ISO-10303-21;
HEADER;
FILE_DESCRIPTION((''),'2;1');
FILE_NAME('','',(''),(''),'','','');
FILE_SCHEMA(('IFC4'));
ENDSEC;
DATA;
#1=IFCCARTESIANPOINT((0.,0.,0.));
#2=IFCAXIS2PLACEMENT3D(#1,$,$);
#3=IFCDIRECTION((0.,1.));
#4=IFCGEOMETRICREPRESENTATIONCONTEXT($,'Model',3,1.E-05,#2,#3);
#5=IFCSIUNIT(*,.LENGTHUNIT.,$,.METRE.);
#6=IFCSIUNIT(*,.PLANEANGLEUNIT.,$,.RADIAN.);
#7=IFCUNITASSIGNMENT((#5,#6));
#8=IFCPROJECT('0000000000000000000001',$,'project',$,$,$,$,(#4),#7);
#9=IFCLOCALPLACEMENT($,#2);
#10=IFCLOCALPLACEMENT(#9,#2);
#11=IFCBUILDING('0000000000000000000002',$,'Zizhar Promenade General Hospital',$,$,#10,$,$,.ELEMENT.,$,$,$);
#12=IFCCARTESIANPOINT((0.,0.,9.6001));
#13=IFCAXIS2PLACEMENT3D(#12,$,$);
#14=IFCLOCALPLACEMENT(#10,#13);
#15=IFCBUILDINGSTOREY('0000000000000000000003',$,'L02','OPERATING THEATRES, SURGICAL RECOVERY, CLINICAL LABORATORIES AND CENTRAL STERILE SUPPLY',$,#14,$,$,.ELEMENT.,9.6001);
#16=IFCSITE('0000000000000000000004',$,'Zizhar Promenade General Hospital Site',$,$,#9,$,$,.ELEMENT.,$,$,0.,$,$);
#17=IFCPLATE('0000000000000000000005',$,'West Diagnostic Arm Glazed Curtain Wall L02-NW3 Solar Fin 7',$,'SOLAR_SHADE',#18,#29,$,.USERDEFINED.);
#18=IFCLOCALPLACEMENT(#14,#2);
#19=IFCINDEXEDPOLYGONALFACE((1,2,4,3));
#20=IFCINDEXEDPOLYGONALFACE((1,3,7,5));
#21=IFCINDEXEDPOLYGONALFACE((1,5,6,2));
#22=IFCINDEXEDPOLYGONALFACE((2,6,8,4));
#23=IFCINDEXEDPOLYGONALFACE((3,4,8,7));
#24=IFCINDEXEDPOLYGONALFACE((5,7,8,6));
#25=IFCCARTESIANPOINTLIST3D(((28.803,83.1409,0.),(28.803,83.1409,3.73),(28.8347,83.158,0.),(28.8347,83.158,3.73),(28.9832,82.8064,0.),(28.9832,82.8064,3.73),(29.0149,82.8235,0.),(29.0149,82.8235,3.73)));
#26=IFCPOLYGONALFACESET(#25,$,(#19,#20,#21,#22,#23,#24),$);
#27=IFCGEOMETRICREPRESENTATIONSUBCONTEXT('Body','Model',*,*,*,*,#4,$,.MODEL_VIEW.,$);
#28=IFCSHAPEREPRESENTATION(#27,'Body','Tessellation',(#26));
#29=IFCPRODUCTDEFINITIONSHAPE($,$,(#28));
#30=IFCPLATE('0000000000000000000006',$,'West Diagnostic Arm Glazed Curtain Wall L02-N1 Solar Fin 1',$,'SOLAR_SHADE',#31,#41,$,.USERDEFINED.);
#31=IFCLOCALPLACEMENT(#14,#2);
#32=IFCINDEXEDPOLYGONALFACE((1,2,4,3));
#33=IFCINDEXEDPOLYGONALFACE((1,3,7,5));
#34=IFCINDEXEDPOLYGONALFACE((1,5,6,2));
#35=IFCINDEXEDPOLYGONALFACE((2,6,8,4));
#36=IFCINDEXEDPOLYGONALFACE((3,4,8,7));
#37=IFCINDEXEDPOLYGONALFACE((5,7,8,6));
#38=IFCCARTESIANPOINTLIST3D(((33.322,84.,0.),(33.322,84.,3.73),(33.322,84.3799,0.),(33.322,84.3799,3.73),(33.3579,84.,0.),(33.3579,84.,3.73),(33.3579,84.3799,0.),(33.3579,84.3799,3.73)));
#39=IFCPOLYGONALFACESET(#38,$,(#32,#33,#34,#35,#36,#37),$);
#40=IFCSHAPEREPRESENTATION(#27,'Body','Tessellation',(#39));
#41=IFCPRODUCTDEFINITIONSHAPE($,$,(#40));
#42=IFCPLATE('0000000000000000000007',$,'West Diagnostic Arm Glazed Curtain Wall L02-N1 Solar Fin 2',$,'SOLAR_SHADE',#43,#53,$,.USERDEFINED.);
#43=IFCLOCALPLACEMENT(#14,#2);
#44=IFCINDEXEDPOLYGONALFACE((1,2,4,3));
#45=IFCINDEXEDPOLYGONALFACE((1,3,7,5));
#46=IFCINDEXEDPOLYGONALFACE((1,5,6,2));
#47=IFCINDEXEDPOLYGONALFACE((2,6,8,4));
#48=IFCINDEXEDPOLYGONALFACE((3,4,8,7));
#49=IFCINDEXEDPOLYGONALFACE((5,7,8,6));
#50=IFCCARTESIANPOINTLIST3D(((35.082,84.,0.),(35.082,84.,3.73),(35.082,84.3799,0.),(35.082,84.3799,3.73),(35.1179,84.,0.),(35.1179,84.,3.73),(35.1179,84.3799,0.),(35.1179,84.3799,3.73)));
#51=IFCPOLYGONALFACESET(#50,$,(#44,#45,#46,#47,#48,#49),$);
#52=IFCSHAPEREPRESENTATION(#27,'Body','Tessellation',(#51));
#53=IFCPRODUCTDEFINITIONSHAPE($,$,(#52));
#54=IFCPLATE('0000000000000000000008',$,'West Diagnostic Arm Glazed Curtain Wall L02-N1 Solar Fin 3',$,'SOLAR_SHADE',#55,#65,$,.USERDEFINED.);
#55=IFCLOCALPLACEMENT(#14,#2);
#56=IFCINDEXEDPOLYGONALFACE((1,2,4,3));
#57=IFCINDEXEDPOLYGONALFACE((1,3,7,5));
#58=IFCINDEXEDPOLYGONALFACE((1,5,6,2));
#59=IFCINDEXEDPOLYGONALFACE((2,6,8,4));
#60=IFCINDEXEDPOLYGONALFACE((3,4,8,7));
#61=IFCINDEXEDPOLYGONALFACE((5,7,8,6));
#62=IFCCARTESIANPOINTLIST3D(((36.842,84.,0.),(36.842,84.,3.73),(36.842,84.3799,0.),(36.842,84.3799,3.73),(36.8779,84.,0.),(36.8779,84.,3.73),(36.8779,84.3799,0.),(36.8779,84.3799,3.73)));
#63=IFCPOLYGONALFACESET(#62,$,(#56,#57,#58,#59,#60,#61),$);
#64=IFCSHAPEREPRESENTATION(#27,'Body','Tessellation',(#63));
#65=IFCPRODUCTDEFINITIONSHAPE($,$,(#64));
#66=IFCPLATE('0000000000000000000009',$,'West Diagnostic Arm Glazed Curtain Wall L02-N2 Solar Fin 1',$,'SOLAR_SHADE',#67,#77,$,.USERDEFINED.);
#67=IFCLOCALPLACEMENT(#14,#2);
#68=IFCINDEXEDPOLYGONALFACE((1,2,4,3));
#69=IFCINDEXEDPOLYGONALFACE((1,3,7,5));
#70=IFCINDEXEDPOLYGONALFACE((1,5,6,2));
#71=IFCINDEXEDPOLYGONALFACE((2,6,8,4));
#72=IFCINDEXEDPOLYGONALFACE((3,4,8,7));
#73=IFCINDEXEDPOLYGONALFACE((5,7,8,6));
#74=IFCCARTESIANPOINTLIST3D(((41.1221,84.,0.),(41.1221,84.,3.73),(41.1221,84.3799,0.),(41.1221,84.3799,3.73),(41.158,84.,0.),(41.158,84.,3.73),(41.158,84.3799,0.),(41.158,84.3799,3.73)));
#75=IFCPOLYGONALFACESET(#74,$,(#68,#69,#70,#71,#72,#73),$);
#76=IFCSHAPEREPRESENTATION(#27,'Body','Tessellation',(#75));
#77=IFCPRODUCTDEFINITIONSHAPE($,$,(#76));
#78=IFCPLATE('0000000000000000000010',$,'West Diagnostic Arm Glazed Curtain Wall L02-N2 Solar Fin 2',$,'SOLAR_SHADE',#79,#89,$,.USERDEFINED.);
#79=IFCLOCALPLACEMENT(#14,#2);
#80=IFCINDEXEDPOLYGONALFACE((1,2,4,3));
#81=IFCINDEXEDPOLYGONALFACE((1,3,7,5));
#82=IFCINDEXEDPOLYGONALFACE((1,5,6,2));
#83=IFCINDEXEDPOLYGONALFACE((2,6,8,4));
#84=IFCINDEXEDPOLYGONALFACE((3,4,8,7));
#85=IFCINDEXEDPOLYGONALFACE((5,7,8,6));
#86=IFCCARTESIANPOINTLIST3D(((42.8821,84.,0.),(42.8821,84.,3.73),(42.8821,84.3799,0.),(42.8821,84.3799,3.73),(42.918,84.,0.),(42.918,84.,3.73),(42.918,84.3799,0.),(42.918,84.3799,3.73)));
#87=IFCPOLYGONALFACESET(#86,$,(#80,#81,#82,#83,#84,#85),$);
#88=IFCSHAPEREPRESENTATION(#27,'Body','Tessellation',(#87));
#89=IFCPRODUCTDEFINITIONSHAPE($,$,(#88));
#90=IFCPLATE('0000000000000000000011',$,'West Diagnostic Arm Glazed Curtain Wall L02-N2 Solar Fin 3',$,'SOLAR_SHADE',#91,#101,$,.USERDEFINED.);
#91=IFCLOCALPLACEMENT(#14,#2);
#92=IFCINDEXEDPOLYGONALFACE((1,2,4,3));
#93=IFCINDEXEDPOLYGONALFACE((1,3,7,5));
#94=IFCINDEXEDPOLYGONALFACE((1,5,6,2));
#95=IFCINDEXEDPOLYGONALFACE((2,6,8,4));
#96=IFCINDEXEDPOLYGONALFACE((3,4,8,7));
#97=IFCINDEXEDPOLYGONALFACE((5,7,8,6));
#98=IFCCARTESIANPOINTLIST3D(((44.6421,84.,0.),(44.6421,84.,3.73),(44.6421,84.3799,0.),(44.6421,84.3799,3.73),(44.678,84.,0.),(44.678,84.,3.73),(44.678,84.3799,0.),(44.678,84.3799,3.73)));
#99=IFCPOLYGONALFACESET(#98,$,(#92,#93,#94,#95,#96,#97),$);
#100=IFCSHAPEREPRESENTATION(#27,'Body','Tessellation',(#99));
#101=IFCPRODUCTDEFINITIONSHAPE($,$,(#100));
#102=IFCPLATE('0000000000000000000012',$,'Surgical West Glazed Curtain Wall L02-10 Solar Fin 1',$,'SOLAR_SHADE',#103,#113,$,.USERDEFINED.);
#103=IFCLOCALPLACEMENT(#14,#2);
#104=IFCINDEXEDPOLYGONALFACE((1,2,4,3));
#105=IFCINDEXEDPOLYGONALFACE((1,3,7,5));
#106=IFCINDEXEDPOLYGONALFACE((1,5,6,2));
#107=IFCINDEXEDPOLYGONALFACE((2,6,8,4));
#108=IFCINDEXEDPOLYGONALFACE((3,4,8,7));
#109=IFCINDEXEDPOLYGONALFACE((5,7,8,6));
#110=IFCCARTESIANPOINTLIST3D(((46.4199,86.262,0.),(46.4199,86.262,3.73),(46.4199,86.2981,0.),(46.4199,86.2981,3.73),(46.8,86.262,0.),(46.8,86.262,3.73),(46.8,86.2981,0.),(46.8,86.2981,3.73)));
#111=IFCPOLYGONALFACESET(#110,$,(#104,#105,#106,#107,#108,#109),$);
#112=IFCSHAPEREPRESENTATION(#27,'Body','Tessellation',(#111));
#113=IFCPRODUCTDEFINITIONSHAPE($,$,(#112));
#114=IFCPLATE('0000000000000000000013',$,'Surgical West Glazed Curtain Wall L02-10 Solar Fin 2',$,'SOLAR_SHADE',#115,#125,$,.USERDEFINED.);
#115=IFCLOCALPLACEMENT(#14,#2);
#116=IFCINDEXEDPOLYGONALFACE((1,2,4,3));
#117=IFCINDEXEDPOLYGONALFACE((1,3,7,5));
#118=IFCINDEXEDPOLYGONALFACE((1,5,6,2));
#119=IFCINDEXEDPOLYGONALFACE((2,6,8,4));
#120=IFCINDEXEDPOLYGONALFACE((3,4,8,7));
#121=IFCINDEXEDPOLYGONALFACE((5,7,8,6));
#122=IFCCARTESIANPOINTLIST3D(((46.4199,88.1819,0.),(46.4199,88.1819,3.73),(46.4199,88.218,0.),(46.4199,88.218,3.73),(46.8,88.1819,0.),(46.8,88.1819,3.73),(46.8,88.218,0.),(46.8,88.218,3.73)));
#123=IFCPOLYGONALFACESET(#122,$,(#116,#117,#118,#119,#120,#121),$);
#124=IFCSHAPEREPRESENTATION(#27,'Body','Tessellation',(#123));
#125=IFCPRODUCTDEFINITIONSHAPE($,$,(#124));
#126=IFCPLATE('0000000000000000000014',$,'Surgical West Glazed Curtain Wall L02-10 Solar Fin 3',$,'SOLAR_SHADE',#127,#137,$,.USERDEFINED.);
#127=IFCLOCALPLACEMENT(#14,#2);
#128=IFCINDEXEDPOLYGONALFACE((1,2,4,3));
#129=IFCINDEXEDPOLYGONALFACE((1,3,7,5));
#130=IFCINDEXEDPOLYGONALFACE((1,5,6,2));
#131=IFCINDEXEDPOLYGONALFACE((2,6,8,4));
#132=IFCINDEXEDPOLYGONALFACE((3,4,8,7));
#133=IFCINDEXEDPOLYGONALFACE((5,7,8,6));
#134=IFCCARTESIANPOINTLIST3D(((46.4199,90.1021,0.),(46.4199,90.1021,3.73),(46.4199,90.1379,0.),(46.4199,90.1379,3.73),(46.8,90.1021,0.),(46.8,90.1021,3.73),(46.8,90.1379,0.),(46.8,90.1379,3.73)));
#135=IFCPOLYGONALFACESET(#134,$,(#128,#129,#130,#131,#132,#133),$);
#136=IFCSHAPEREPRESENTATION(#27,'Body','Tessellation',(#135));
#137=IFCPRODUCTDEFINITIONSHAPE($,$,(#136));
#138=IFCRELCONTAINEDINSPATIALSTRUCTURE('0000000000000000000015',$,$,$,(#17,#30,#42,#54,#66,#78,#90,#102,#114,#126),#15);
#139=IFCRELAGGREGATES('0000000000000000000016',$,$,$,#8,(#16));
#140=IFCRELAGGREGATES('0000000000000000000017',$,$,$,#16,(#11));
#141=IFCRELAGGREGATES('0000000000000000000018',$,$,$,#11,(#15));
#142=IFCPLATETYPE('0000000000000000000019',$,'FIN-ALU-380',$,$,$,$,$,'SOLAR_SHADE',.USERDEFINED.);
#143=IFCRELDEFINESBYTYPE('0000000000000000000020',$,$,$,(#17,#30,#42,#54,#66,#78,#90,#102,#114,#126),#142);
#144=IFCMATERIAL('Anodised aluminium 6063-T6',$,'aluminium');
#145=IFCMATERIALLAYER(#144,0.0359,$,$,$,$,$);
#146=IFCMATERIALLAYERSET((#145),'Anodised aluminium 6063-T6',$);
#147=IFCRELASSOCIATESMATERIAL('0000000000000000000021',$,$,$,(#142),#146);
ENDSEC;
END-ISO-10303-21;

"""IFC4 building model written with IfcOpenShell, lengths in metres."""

from ifc_helpers import new_model, si_unit, direction, frame, origin, place, context, subcontext, project, spatial, polyline, outline, extrude, material, layer, layer_set, type_object, element, save


model = new_model("IFC4")

# Units and contexts
model_context = context("Model", 3, precision=1e-05, world=origin(), true_north=direction((0.0, 1.0)))
body_context = subcontext(model_context, "Body", "Model", "MODEL_VIEW")
ifc_project = project(units=[si_unit("LENGTHUNIT", "METRE"), si_unit("PLANEANGLEUNIT", "RADIAN")], contexts=[model_context])

# Site, building, storey
site_placement = place(None, origin())
site = spatial("IfcSite", under=ifc_project, at=site_placement, Name="Zizhar Promenade General Hospital Site", CompositionType="ELEMENT", RefElevation=0.0)
building_placement = place(site_placement, origin())
building = spatial("IfcBuilding", under=site, at=building_placement, Name="Zizhar Promenade General Hospital", CompositionType="ELEMENT")
storey_placement = place(building_placement, frame((0.0, 0.0, 9.6001)))
storey = spatial("IfcBuildingStorey", under=building, at=storey_placement, Name="L02", Description="OPERATING THEATRES, SURGICAL RECOVERY, CLINICAL LABORATORIES AND CENTRAL STERILE SUPPLY", CompositionType="ELEMENT", Elevation=9.6001)

# Plates
ifc_material = material(Name="Anodised aluminium 6063-T6", Category="aluminium")
ifc_layer = layer(ifc_material, 0.0359)
ifc_layer_set = layer_set([ifc_layer], Name="Anodised aluminium 6063-T6")
plate_type = type_object("IfcPlateType", Name="FIN-ALU-380", ElementType="SOLAR_SHADE", PredefinedType="USERDEFINED", material=ifc_layer_set)
plate_1_placement = place(storey_placement, origin())
element("IfcPlate", 1, at=plate_1_placement, inside=storey, type_object=plate_type, Name="West Diagnostic Arm Glazed Curtain Wall L02-NW3 Solar Fin 7", ObjectType="SOLAR_SHADE", PredefinedType="USERDEFINED", context=body_context, shape_type="SweptSolid", body=[
    extrude(outline(polyline([(28.9832, 82.8064), (29.0149, 82.8235), (28.8347, 83.158), (28.803, 83.1409), (28.9832, 82.8064)])), origin(), (0.0, 0.0, 1.0), 3.73),
])
plate_2_placement = place(storey_placement, origin())
element("IfcPlate", 2, at=plate_2_placement, inside=storey, type_object=plate_type, Name="West Diagnostic Arm Glazed Curtain Wall L02-N1 Solar Fin 1", ObjectType="SOLAR_SHADE", PredefinedType="USERDEFINED", context=body_context, shape_type="SweptSolid", body=[
    extrude(outline(polyline([(33.322, 84.0), (33.3579, 84.0), (33.3579, 84.3799), (33.322, 84.3799), (33.322, 84.0)])), origin(), (0.0, 0.0, 1.0), 3.73),
])
plate_3_placement = place(storey_placement, origin())
element("IfcPlate", 3, at=plate_3_placement, inside=storey, type_object=plate_type, Name="West Diagnostic Arm Glazed Curtain Wall L02-N1 Solar Fin 2", ObjectType="SOLAR_SHADE", PredefinedType="USERDEFINED", context=body_context, shape_type="SweptSolid", body=[
    extrude(outline(polyline([(35.082, 84.0), (35.1179, 84.0), (35.1179, 84.3799), (35.082, 84.3799), (35.082, 84.0)])), origin(), (0.0, 0.0, 1.0), 3.73),
])
plate_4_placement = place(storey_placement, origin())
element("IfcPlate", 4, at=plate_4_placement, inside=storey, type_object=plate_type, Name="West Diagnostic Arm Glazed Curtain Wall L02-N1 Solar Fin 3", ObjectType="SOLAR_SHADE", PredefinedType="USERDEFINED", context=body_context, shape_type="SweptSolid", body=[
    extrude(outline(polyline([(36.842, 84.0), (36.8779, 84.0), (36.8779, 84.3799), (36.842, 84.3799), (36.842, 84.0)])), origin(), (0.0, 0.0, 1.0), 3.73),
])
plate_5_placement = place(storey_placement, origin())
element("IfcPlate", 5, at=plate_5_placement, inside=storey, type_object=plate_type, Name="West Diagnostic Arm Glazed Curtain Wall L02-N2 Solar Fin 1", ObjectType="SOLAR_SHADE", PredefinedType="USERDEFINED", context=body_context, shape_type="SweptSolid", body=[
    extrude(outline(polyline([(41.1221, 84.0), (41.158, 84.0), (41.158, 84.3799), (41.1221, 84.3799), (41.1221, 84.0)])), origin(), (0.0, 0.0, 1.0), 3.73),
])
plate_6_placement = place(storey_placement, origin())
element("IfcPlate", 6, at=plate_6_placement, inside=storey, type_object=plate_type, Name="West Diagnostic Arm Glazed Curtain Wall L02-N2 Solar Fin 2", ObjectType="SOLAR_SHADE", PredefinedType="USERDEFINED", context=body_context, shape_type="SweptSolid", body=[
    extrude(outline(polyline([(42.8821, 84.0), (42.918, 84.0), (42.918, 84.3799), (42.8821, 84.3799), (42.8821, 84.0)])), origin(), (0.0, 0.0, 1.0), 3.73),
])
plate_7_placement = place(storey_placement, origin())
element("IfcPlate", 7, at=plate_7_placement, inside=storey, type_object=plate_type, Name="West Diagnostic Arm Glazed Curtain Wall L02-N2 Solar Fin 3", ObjectType="SOLAR_SHADE", PredefinedType="USERDEFINED", context=body_context, shape_type="SweptSolid", body=[
    extrude(outline(polyline([(44.6421, 84.0), (44.678, 84.0), (44.678, 84.3799), (44.6421, 84.3799), (44.6421, 84.0)])), origin(), (0.0, 0.0, 1.0), 3.73),
])
plate_8_placement = place(storey_placement, origin())
element("IfcPlate", 8, at=plate_8_placement, inside=storey, type_object=plate_type, Name="Surgical West Glazed Curtain Wall L02-10 Solar Fin 1", ObjectType="SOLAR_SHADE", PredefinedType="USERDEFINED", context=body_context, shape_type="SweptSolid", body=[
    extrude(outline(polyline([(46.8, 86.262), (46.8, 86.2981), (46.4199, 86.2981), (46.4199, 86.262), (46.8, 86.262)])), origin(), (0.0, 0.0, 1.0), 3.73),
])
plate_9_placement = place(storey_placement, origin())
element("IfcPlate", 9, at=plate_9_placement, inside=storey, type_object=plate_type, Name="Surgical West Glazed Curtain Wall L02-10 Solar Fin 2", ObjectType="SOLAR_SHADE", PredefinedType="USERDEFINED", context=body_context, shape_type="SweptSolid", body=[
    extrude(outline(polyline([(46.8, 88.1819), (46.8, 88.218), (46.4199, 88.218), (46.4199, 88.1819), (46.8, 88.1819)])), origin(), (0.0, 0.0, 1.0), 3.73),
])
plate_10_placement = place(storey_placement, origin())
element("IfcPlate", 10, at=plate_10_placement, inside=storey, type_object=plate_type, Name="Surgical West Glazed Curtain Wall L02-10 Solar Fin 3", ObjectType="SOLAR_SHADE", PredefinedType="USERDEFINED", context=body_context, shape_type="SweptSolid", body=[
    extrude(outline(polyline([(46.8, 90.1021), (46.8, 90.1379), (46.4199, 90.1379), (46.4199, 90.1021), (46.8, 90.1021)])), origin(), (0.0, 0.0, 1.0), 3.73),
])

save(model, "model.ifc")
